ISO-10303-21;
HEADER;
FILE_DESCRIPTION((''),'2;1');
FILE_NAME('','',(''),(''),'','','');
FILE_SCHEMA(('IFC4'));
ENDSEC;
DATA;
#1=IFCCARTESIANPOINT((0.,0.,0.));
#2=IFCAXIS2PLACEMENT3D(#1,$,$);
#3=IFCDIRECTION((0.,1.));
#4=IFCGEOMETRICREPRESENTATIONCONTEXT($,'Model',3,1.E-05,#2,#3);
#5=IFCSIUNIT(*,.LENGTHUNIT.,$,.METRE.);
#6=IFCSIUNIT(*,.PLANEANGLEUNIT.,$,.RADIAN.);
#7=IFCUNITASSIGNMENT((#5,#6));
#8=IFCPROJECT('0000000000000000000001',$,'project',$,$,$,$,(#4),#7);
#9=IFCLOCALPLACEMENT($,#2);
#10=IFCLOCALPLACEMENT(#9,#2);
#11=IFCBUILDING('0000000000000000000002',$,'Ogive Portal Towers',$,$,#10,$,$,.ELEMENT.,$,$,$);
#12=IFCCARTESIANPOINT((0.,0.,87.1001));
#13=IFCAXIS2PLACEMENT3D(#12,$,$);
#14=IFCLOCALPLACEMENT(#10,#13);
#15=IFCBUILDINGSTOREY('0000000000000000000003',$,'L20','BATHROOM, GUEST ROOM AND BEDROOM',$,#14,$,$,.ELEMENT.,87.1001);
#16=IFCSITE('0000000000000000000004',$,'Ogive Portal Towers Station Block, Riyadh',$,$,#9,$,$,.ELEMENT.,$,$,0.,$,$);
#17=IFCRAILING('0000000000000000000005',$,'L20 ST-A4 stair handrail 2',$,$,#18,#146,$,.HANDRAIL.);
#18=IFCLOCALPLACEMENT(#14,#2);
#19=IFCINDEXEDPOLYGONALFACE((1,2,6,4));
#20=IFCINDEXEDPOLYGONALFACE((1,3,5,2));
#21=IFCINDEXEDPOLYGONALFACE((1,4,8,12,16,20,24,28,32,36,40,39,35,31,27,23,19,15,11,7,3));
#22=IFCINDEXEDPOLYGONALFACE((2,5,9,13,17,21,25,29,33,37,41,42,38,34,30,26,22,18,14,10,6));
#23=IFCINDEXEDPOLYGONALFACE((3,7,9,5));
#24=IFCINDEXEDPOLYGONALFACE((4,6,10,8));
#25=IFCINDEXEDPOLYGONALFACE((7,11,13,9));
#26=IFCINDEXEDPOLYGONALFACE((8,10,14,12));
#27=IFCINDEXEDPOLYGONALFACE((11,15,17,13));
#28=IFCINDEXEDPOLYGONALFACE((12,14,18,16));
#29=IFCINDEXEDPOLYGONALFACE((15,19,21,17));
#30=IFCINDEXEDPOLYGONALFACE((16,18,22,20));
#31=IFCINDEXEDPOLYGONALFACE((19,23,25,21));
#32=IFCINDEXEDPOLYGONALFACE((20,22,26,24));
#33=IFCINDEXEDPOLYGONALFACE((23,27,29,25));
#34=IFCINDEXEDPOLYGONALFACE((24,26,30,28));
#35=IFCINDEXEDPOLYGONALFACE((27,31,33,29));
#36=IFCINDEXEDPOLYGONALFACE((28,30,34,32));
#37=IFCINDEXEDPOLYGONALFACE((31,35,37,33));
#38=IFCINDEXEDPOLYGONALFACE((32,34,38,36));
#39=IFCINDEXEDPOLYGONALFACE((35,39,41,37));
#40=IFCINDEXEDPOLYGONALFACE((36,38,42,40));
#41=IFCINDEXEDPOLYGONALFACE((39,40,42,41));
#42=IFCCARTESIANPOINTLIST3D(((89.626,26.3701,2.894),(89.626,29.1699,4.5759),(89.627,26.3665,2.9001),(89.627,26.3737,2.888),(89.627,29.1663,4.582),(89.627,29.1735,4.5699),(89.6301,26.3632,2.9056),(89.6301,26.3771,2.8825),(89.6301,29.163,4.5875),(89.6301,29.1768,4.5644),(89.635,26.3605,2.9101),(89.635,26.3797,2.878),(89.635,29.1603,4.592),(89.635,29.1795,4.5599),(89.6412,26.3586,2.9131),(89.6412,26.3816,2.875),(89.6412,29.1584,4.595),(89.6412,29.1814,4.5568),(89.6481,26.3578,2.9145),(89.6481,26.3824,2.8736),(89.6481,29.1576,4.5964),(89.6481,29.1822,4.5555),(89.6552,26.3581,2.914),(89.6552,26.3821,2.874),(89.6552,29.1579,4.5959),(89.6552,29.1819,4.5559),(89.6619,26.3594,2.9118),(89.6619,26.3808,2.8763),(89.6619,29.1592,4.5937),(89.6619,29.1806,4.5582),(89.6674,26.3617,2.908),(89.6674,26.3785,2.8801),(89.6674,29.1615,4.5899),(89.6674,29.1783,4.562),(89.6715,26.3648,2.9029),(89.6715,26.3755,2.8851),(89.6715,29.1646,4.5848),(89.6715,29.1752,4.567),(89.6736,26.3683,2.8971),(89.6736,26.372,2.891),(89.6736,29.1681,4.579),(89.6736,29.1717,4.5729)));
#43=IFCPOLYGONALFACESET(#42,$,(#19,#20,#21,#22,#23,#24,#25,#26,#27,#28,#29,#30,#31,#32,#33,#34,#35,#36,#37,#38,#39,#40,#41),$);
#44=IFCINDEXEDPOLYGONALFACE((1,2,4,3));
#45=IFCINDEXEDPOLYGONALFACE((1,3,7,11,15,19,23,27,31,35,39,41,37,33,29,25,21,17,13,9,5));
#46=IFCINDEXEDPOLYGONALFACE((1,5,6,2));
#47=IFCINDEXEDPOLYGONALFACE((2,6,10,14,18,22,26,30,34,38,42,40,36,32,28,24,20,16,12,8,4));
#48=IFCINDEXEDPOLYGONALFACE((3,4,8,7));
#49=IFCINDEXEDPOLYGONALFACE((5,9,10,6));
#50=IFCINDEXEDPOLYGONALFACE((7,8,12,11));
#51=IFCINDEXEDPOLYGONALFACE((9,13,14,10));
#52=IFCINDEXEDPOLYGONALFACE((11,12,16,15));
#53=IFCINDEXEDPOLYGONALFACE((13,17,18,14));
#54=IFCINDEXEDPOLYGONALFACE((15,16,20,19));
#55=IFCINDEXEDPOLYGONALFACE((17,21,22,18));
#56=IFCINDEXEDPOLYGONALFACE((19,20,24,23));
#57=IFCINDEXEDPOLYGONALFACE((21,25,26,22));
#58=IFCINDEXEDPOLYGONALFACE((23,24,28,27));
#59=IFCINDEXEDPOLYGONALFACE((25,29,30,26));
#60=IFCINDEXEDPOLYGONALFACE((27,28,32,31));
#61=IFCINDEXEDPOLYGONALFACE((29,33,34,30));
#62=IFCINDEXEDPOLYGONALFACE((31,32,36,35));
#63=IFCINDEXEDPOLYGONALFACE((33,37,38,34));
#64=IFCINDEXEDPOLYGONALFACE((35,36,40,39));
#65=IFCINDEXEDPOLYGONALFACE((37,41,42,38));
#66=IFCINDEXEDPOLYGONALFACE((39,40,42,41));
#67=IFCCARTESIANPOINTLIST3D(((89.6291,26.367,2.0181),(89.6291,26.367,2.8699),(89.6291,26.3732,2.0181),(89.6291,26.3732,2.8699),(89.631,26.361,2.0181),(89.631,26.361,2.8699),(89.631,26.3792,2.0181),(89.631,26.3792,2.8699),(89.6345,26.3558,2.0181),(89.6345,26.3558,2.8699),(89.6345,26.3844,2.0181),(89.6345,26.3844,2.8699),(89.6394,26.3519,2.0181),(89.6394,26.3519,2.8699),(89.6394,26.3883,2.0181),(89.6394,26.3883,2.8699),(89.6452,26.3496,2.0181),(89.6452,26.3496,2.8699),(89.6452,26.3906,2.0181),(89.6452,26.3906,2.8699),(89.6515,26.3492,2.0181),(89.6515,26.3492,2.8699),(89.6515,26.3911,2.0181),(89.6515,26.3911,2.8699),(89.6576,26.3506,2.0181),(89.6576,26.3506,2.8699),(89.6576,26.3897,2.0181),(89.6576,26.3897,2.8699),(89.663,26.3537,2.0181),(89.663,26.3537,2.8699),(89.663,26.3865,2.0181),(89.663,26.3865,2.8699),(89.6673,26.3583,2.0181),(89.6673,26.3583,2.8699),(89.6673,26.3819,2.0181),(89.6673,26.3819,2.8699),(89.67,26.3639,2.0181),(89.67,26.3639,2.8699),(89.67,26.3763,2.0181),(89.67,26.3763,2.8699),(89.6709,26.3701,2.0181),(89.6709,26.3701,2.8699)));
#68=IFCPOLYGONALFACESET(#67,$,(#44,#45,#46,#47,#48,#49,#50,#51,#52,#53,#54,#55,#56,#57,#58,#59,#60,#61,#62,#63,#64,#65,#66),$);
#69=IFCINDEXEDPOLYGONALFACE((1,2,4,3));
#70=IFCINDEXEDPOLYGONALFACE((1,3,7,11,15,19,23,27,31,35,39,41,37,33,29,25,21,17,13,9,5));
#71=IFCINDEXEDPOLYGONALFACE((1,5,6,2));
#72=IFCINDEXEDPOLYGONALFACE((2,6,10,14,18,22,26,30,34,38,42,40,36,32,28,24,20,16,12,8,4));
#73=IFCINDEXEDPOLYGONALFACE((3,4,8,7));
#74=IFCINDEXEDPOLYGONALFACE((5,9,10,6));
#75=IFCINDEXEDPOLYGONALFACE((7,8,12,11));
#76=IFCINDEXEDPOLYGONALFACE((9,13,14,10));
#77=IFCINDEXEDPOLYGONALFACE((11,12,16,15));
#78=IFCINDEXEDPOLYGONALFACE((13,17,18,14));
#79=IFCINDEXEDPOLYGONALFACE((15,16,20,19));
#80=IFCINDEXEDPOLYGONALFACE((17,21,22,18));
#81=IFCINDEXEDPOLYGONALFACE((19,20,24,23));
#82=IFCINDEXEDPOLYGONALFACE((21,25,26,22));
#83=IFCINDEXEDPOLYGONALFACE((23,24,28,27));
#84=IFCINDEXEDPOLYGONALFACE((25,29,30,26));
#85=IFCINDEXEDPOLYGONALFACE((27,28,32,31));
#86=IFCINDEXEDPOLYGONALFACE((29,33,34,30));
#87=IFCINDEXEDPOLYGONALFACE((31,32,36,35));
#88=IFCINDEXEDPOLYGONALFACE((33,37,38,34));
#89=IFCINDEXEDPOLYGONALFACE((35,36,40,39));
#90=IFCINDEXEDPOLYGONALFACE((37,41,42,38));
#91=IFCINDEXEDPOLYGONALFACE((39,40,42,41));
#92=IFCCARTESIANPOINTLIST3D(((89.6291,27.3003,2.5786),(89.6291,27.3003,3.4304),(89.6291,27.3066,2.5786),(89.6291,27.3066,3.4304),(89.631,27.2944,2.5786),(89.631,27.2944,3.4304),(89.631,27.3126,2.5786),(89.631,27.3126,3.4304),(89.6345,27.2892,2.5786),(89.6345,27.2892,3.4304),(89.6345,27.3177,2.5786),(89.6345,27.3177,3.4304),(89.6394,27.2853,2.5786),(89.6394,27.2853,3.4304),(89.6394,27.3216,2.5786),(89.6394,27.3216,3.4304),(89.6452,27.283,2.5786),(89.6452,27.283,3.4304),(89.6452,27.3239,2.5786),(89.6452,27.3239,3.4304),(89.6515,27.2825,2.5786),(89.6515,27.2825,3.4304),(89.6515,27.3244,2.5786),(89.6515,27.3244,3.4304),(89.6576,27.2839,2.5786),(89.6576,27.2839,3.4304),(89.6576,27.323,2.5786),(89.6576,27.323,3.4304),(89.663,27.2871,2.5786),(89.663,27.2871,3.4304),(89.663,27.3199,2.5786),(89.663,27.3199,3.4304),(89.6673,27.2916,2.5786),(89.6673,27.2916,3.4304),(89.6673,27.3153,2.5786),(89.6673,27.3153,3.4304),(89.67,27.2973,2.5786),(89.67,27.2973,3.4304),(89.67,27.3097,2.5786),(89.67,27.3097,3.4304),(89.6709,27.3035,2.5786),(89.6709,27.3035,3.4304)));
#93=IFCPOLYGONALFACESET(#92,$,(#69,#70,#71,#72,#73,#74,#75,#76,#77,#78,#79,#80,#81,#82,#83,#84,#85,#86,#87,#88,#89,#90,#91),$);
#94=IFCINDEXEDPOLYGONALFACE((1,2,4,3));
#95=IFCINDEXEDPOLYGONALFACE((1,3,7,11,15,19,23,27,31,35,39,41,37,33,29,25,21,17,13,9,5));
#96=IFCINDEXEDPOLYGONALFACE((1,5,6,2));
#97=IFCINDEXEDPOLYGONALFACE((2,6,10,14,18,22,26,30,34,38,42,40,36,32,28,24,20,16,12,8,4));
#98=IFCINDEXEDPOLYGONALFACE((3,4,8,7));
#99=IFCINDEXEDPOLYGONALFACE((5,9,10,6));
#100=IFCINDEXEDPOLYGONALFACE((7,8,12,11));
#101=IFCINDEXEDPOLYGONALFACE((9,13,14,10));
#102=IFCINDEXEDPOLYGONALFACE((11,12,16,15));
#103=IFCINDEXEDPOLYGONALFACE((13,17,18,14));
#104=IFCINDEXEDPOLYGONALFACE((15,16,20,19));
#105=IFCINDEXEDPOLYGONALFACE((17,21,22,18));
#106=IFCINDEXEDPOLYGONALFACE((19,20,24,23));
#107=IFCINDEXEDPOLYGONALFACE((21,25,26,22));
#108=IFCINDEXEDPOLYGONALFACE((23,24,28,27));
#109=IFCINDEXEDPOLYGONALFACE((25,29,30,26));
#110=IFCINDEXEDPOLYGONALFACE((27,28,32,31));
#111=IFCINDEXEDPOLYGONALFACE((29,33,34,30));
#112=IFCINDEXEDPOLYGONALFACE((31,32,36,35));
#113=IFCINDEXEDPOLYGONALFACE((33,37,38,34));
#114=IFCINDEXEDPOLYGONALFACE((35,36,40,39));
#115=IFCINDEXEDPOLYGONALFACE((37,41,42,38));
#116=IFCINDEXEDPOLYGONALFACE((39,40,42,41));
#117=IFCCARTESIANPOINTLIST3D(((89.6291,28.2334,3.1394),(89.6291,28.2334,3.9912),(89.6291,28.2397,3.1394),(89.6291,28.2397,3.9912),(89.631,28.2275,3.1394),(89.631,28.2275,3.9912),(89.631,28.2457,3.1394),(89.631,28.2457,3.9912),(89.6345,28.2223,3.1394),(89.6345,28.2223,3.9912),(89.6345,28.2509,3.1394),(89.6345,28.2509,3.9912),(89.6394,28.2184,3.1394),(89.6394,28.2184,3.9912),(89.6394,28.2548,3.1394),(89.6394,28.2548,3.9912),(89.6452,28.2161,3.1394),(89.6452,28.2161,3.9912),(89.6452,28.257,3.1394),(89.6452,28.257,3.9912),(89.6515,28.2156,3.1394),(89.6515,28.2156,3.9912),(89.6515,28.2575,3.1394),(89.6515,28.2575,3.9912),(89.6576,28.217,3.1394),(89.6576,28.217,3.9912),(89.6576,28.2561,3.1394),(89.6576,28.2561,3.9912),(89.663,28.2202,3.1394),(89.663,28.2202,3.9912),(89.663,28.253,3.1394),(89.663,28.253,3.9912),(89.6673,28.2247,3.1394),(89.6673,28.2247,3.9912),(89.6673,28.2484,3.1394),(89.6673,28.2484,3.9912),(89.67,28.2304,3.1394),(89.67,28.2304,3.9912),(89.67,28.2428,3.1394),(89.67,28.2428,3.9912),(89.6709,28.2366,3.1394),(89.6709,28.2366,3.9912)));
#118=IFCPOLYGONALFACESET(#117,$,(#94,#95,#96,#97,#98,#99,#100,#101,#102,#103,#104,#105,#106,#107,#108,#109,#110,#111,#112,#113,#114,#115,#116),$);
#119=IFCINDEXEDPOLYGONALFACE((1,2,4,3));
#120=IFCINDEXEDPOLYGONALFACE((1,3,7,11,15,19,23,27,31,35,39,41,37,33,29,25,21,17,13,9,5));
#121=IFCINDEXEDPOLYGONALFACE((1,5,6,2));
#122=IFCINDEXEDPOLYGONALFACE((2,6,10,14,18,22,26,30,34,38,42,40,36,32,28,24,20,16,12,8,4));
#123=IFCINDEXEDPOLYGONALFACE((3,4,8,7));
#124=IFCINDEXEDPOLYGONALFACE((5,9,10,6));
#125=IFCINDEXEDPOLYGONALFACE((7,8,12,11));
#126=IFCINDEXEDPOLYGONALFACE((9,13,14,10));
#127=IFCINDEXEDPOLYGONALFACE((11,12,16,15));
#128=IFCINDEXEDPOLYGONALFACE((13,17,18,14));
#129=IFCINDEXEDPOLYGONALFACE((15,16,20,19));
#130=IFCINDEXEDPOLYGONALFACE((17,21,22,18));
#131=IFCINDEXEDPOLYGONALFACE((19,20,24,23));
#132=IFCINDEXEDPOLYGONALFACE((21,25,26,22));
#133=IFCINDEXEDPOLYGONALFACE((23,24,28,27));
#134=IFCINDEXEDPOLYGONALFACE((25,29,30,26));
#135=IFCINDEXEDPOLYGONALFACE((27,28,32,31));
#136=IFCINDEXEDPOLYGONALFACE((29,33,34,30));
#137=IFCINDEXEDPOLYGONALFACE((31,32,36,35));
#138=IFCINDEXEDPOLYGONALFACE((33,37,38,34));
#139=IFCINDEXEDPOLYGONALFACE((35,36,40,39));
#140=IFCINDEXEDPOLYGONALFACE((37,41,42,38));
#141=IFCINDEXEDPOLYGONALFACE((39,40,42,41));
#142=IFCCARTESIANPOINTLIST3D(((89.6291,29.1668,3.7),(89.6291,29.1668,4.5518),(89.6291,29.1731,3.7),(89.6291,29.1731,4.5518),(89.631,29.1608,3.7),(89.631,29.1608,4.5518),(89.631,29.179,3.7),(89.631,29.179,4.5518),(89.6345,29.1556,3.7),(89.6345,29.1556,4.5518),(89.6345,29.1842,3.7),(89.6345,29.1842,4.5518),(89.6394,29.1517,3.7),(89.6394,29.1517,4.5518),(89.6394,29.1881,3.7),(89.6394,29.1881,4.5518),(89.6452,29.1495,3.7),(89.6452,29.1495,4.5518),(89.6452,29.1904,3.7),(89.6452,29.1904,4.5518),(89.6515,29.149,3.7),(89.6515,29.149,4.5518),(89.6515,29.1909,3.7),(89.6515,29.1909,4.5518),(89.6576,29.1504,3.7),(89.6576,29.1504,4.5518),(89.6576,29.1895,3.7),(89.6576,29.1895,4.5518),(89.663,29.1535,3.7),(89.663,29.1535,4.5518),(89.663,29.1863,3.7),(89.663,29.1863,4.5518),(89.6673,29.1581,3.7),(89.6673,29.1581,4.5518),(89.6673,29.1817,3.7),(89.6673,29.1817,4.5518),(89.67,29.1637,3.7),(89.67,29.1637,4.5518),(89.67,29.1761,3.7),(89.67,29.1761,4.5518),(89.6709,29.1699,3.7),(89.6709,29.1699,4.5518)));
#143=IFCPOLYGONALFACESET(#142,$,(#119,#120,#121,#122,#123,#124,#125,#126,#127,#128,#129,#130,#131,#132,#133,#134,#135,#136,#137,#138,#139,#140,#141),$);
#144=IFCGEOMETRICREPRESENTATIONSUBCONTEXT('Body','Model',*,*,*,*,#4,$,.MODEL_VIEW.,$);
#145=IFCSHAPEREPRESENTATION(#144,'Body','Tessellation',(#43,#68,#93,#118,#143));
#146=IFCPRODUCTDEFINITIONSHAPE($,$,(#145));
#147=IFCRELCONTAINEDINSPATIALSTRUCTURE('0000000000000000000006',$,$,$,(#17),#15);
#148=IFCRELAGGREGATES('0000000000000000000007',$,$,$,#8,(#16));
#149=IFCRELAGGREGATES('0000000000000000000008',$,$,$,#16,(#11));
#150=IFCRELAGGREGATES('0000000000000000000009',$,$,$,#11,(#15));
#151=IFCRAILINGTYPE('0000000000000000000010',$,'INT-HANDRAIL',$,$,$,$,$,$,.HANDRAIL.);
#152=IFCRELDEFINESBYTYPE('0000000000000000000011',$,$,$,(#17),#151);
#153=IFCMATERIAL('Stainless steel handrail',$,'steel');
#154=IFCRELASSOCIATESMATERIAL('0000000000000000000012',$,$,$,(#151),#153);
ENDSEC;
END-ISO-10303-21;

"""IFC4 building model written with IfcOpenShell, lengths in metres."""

from ifc_helpers import new_model, si_unit, direction, frame, origin, origin_2d, place, context, subcontext, project, spatial, circle, extrude, material, type_object, element, save


model = new_model("IFC4")

# Units and contexts
model_context = context("Model", 3, precision=1e-05, world=origin(), true_north=direction((0.0, 1.0)))
body_context = subcontext(model_context, "Body", "Model", "MODEL_VIEW")
ifc_project = project(units=[si_unit("LENGTHUNIT", "METRE"), si_unit("PLANEANGLEUNIT", "RADIAN")], contexts=[model_context])

# Site, building, storey
site_placement = place(None, origin())
site = spatial("IfcSite", under=ifc_project, at=site_placement, Name="Ogive Portal Towers Station Block, Riyadh", CompositionType="ELEMENT", RefElevation=0.0)
building_placement = place(site_placement, origin())
building = spatial("IfcBuilding", under=site, at=building_placement, Name="Ogive Portal Towers", CompositionType="ELEMENT")
storey_placement = place(building_placement, frame((0.0, 0.0, 87.1001)))
storey = spatial("IfcBuildingStorey", under=building, at=storey_placement, Name="L20", Description="BATHROOM, GUEST ROOM AND BEDROOM", CompositionType="ELEMENT", Elevation=87.1001)

# Railing
ifc_material_1 = material(Name="Stainless steel handrail", Category="steel")
railing_type_1 = type_object("IfcRailingType", Name="INT-HANDRAIL", PredefinedType="HANDRAIL", material=ifc_material_1)
railing_1_placement = place(storey_placement, frame((89.6499, 26.3701, 2.0181)))
element("IfcRailing", 1, at=railing_1_placement, inside=storey, type_object=railing_type_1, Name="L20 ST-A4 stair handrail 2", PredefinedType="HANDRAIL", context=body_context, shape_type="SweptSolid", body=[
    extrude(circle(Radius=0.0239, at=origin_2d()), frame((0.0, 0.0, 0.876), z_axis=(0.0, 0.857222, 0.514946), x_axis=(-1.0, 0.0, 0.0)), (0.0, 0.0, 1.0), 3.2661),
    extrude(circle(Radius=0.021, at=origin_2d()), origin(), (0.0, 0.0, 1.0), 0.8518),
    extrude(circle(Radius=0.021, at=origin_2d()), frame((0.0, 0.9333, 0.5605)), (0.0, 0.0, 1.0), 0.8518),
    extrude(circle(Radius=0.021, at=origin_2d()), frame((0.0, 1.8665, 1.1213)), (0.0, 0.0, 1.0), 0.8518),
    extrude(circle(Radius=0.021, at=origin_2d()), frame((0.0, 2.7998, 1.6819)), (0.0, 0.0, 1.0), 0.8518),
])

save(model, "model.ifc")
